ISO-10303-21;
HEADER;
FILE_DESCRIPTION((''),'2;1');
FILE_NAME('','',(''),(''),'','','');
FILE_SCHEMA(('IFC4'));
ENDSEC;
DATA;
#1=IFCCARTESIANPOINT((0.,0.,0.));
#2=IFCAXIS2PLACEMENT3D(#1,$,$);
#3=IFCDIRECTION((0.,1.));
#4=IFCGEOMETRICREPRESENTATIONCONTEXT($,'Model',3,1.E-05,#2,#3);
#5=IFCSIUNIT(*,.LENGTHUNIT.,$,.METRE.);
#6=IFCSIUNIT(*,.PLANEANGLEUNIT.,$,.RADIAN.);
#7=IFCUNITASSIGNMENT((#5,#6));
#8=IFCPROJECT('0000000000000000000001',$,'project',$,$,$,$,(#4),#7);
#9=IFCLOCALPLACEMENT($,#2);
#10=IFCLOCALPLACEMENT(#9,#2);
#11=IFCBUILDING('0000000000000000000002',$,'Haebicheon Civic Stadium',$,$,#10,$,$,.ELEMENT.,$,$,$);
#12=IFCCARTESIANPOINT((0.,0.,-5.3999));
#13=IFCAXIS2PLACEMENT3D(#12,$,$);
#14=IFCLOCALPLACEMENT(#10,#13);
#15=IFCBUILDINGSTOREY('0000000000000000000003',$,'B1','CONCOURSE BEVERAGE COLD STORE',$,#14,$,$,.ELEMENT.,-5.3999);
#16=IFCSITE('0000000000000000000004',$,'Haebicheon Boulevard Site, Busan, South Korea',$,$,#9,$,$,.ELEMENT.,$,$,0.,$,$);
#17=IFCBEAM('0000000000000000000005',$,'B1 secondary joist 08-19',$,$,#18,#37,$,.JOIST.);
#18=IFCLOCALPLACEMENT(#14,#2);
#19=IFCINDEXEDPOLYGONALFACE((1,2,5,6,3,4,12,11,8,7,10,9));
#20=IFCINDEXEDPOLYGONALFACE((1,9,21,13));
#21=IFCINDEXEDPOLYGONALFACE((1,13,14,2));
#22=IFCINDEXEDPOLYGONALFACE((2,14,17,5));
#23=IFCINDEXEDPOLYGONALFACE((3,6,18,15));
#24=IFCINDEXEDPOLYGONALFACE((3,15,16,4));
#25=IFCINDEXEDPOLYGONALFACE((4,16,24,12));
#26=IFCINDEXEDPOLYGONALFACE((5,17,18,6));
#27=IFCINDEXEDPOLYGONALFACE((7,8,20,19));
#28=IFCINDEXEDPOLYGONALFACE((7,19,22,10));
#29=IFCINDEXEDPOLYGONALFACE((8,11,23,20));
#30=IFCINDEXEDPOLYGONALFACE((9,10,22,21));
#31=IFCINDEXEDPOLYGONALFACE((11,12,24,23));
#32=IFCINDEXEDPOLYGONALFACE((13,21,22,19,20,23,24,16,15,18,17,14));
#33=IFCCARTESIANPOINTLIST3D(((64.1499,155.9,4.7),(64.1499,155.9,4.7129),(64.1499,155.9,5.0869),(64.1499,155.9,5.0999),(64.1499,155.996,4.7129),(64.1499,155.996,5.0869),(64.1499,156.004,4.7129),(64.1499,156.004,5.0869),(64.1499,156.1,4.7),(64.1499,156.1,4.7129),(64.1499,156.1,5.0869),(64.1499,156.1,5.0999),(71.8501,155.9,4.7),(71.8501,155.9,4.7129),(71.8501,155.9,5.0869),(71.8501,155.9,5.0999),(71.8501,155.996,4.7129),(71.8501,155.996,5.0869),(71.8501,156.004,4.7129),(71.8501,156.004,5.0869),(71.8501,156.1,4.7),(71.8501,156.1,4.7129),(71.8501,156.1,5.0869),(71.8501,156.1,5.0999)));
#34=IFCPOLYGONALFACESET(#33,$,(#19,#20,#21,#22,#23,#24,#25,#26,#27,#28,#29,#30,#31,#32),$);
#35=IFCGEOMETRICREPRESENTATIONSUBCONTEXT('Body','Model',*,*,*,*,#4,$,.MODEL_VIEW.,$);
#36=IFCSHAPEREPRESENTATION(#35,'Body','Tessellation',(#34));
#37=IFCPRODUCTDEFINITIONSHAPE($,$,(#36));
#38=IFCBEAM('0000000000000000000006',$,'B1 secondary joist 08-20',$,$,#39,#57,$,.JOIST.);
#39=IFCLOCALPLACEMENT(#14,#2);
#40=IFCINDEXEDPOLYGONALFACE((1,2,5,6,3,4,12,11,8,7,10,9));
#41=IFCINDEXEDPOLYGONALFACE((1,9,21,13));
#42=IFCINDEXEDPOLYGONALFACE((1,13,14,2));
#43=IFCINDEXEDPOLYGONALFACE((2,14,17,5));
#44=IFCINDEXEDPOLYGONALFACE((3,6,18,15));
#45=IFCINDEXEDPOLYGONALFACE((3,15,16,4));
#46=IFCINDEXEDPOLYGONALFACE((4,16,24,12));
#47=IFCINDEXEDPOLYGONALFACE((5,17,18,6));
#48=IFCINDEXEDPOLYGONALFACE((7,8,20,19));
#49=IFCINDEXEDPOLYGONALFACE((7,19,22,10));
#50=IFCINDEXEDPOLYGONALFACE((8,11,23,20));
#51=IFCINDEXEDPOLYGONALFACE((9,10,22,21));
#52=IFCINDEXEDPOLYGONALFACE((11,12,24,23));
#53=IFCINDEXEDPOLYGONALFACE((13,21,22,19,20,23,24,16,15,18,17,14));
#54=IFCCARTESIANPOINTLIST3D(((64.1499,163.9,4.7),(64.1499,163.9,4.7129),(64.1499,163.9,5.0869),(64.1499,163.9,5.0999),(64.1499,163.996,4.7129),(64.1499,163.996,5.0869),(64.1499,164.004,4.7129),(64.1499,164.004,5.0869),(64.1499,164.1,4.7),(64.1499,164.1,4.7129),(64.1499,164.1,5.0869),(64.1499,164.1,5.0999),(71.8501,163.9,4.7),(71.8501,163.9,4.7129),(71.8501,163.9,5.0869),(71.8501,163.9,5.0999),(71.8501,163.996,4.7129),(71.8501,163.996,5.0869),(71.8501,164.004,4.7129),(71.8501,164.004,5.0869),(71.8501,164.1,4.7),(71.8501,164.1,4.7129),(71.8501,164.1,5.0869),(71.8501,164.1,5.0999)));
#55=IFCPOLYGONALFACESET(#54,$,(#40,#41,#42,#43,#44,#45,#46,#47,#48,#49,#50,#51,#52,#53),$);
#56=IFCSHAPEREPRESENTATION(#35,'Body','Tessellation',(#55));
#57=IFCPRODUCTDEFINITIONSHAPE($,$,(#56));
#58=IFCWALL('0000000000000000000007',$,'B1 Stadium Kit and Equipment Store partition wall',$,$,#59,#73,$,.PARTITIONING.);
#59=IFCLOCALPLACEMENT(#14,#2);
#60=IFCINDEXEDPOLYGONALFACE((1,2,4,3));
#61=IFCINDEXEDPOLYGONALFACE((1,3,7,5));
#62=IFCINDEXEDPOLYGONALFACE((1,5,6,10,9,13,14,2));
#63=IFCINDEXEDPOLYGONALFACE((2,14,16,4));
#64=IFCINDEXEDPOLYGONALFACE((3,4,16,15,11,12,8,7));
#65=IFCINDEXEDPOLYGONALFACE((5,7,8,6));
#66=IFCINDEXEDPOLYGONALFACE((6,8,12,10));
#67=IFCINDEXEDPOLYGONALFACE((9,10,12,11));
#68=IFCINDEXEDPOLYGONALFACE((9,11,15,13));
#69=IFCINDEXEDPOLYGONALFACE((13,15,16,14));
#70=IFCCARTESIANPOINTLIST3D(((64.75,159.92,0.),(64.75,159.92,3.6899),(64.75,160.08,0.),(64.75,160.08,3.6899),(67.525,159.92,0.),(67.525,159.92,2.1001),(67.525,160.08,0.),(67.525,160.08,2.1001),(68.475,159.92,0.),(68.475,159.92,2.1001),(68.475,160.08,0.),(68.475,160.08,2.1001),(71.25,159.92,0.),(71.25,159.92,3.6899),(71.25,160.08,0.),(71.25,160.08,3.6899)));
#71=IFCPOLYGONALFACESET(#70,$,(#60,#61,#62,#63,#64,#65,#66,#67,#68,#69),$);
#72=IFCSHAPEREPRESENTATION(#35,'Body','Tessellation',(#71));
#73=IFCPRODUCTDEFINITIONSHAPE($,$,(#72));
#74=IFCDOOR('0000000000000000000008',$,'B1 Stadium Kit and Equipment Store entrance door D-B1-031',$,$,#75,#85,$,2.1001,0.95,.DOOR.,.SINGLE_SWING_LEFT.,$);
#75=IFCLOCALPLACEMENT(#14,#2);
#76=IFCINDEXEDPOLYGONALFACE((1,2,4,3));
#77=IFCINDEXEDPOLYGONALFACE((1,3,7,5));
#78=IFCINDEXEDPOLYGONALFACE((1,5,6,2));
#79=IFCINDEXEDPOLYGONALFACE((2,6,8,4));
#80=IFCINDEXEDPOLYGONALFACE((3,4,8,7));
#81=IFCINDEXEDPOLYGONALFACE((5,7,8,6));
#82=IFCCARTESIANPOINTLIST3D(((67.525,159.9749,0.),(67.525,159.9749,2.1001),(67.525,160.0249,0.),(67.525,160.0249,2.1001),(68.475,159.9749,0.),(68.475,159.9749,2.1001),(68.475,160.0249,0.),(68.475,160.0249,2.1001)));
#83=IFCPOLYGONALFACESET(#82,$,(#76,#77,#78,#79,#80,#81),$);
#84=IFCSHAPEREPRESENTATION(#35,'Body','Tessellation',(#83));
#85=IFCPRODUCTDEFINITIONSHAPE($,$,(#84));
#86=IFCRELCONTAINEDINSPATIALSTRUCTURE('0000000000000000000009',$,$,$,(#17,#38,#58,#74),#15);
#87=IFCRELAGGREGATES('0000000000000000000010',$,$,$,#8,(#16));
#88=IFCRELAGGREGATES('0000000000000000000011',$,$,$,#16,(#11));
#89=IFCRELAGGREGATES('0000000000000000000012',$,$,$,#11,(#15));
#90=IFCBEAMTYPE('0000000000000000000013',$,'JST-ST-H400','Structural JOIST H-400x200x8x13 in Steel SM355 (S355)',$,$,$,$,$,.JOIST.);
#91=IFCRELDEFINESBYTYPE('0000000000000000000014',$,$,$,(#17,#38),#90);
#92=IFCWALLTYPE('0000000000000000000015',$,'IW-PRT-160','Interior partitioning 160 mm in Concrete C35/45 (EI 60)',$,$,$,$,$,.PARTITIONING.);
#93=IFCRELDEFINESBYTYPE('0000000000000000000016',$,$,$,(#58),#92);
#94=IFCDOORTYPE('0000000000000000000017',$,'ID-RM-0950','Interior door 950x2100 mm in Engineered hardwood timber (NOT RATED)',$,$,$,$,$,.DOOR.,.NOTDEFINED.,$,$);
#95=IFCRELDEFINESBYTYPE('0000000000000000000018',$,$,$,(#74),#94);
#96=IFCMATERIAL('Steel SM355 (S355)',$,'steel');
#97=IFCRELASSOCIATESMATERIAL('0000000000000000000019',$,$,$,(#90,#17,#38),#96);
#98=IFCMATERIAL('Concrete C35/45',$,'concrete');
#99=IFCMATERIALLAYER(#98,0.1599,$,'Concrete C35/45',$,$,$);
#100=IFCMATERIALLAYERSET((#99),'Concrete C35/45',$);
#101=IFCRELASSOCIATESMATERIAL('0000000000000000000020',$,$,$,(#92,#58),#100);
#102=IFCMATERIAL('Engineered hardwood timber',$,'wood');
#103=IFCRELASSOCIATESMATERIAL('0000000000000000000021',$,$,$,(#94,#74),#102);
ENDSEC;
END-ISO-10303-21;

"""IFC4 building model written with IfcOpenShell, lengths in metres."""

from ifc_helpers import new_model, si_unit, direction, frame, frame_2d, origin, origin_2d, place, context, subcontext, project, spatial, rectangle, i_section, extrude, material, layer, layer_set, material_profile, profile_set, type_object, element, fill, save


model = new_model("IFC4")

# Units and contexts
model_context = context("Model", 3, precision=1e-05, world=origin(), true_north=direction((0.0, 1.0)))
body_context = subcontext(model_context, "Body", "Model", "MODEL_VIEW")
ifc_project = project(units=[si_unit("LENGTHUNIT", "METRE"), si_unit("PLANEANGLEUNIT", "RADIAN")], contexts=[model_context])

# Site, building, storey
site_placement = place(None, origin())
site = spatial("IfcSite", under=ifc_project, at=site_placement, Name="Haebicheon Boulevard Site, Busan, South Korea", CompositionType="ELEMENT", RefElevation=0.0)
building_placement = place(site_placement, origin())
building = spatial("IfcBuilding", under=site, at=building_placement, Name="Haebicheon Civic Stadium", CompositionType="ELEMENT")
storey_placement = place(building_placement, frame((0.0, 0.0, -5.3999)))
storey = spatial("IfcBuildingStorey", under=building, at=storey_placement, Name="B1", Description="CONCOURSE BEVERAGE COLD STORE", CompositionType="ELEMENT", Elevation=-5.3999)

# Beams
ifc_material_1 = material(Name="Steel SM355 (S355)", Category="steel")
ifc_material_profile_1 = material_profile(ifc_material_1, i_section(OverallWidth=0.2, OverallDepth=0.3999, WebThickness=0.0081, FlangeThickness=0.0129, at=origin_2d()), Name="H-400x200x8x13")
ifc_profile_set_1 = profile_set([ifc_material_profile_1], Name="Steel SM355 (S355)")
beam_type_1 = type_object("IfcBeamType", Name="JST-ST-H400", Description="Structural JOIST H-400x200x8x13 in Steel SM355 (S355)", PredefinedType="JOIST", material=ifc_profile_set_1)
for number, where, z_axis, x_axis, name in (
    (1, (64.1499, 156.0, 4.8999), (1.0, 0.0, 0.0), (0.0, 1.0, 0.0), "B1 secondary joist 08-19"),
    (2, (64.1499, 164.0, 4.8999), (1.0, 0.0, 0.0), (0.0, 1.0, 0.0), "B1 secondary joist 08-20"),
):
    element("IfcBeam", number, at=place(storey_placement, frame(where, z_axis=z_axis, x_axis=x_axis)), inside=storey, type_object=beam_type_1, material=ifc_profile_set_1, Name=name, PredefinedType="JOIST", context=body_context, shape_type="SweptSolid", body=[
        extrude(i_section(OverallWidth=0.2, OverallDepth=0.3999, WebThickness=0.0081, FlangeThickness=0.0129, at=origin_2d()), origin(), (0.0, 0.0, 1.0), 7.7002),
    ])

# Wall, opening, door
ifc_material_2 = material(Name="Concrete C35/45", Category="concrete")
ifc_layer_1 = layer(ifc_material_2, 0.1599, Name="Concrete C35/45")
ifc_layer_set_1 = layer_set([ifc_layer_1], Name="Concrete C35/45")
wall_type = type_object("IfcWallType", Name="IW-PRT-160", Description="Interior partitioning 160 mm in Concrete C35/45 (EI 60)", PredefinedType="PARTITIONING", material=ifc_layer_set_1)
wall_placement = place(storey_placement, frame((64.75, 160.0, 0.0), z_axis=(0.0, 0.0, 1.0), x_axis=(1.0, 0.0, 0.0)))
wall = element("IfcWall", 3, at=wall_placement, inside=storey, type_object=wall_type, material=ifc_layer_set_1, Name="B1 Stadium Kit and Equipment Store partition wall", PredefinedType="PARTITIONING", context=body_context, shape_type="SweptSolid", body=[
    extrude(rectangle(XDim=6.5, YDim=0.1599, at=frame_2d((3.25, 0.0))), origin(), (0.0, 0.0, 1.0), 3.6899),
])
opening_placement = place(wall_placement, frame((2.7749, 0.0, 0.0)))
opening = element("IfcOpeningElement", 4, at=opening_placement, cuts=wall, PredefinedType="OPENING", context=body_context, shape_type="SweptSolid", body=[
    extrude(rectangle(XDim=0.95, YDim=2.1001, at=frame_2d((0.4751, 1.05))), frame((0.0, 0.0898, 0.0), z_axis=(0.0, -1.0, 0.0), x_axis=(1.0, 0.0, 0.0)), (0.0, 0.0, 1.0), 0.1799),
])
ifc_material_3 = material(Name="Engineered hardwood timber", Category="wood")
door_type = type_object("IfcDoorType", Name="ID-RM-0950", Description="Interior door 950x2100 mm in Engineered hardwood timber (NOT RATED)", OperationType="NOTDEFINED", PredefinedType="DOOR", material=ifc_material_3)
door_placement = place(opening_placement, origin())
door = element("IfcDoor", 5, at=door_placement, inside=storey, type_object=door_type, material=ifc_material_3, Name="B1 Stadium Kit and Equipment Store entrance door D-B1-031", OperationType="SINGLE_SWING_LEFT", OverallHeight=2.1001, OverallWidth=0.95, PredefinedType="DOOR", context=body_context, shape_type="SweptSolid", body=[
    extrude(rectangle(XDim=0.95, YDim=2.1001, at=frame_2d((0.4751, 1.05))), frame((0.0, 0.0249, 0.0), z_axis=(0.0, -1.0, 0.0), x_axis=(1.0, 0.0, 0.0)), (0.0, 0.0, 1.0), 0.05),
])
fill(opening, door)

save(model, "model.ifc")
